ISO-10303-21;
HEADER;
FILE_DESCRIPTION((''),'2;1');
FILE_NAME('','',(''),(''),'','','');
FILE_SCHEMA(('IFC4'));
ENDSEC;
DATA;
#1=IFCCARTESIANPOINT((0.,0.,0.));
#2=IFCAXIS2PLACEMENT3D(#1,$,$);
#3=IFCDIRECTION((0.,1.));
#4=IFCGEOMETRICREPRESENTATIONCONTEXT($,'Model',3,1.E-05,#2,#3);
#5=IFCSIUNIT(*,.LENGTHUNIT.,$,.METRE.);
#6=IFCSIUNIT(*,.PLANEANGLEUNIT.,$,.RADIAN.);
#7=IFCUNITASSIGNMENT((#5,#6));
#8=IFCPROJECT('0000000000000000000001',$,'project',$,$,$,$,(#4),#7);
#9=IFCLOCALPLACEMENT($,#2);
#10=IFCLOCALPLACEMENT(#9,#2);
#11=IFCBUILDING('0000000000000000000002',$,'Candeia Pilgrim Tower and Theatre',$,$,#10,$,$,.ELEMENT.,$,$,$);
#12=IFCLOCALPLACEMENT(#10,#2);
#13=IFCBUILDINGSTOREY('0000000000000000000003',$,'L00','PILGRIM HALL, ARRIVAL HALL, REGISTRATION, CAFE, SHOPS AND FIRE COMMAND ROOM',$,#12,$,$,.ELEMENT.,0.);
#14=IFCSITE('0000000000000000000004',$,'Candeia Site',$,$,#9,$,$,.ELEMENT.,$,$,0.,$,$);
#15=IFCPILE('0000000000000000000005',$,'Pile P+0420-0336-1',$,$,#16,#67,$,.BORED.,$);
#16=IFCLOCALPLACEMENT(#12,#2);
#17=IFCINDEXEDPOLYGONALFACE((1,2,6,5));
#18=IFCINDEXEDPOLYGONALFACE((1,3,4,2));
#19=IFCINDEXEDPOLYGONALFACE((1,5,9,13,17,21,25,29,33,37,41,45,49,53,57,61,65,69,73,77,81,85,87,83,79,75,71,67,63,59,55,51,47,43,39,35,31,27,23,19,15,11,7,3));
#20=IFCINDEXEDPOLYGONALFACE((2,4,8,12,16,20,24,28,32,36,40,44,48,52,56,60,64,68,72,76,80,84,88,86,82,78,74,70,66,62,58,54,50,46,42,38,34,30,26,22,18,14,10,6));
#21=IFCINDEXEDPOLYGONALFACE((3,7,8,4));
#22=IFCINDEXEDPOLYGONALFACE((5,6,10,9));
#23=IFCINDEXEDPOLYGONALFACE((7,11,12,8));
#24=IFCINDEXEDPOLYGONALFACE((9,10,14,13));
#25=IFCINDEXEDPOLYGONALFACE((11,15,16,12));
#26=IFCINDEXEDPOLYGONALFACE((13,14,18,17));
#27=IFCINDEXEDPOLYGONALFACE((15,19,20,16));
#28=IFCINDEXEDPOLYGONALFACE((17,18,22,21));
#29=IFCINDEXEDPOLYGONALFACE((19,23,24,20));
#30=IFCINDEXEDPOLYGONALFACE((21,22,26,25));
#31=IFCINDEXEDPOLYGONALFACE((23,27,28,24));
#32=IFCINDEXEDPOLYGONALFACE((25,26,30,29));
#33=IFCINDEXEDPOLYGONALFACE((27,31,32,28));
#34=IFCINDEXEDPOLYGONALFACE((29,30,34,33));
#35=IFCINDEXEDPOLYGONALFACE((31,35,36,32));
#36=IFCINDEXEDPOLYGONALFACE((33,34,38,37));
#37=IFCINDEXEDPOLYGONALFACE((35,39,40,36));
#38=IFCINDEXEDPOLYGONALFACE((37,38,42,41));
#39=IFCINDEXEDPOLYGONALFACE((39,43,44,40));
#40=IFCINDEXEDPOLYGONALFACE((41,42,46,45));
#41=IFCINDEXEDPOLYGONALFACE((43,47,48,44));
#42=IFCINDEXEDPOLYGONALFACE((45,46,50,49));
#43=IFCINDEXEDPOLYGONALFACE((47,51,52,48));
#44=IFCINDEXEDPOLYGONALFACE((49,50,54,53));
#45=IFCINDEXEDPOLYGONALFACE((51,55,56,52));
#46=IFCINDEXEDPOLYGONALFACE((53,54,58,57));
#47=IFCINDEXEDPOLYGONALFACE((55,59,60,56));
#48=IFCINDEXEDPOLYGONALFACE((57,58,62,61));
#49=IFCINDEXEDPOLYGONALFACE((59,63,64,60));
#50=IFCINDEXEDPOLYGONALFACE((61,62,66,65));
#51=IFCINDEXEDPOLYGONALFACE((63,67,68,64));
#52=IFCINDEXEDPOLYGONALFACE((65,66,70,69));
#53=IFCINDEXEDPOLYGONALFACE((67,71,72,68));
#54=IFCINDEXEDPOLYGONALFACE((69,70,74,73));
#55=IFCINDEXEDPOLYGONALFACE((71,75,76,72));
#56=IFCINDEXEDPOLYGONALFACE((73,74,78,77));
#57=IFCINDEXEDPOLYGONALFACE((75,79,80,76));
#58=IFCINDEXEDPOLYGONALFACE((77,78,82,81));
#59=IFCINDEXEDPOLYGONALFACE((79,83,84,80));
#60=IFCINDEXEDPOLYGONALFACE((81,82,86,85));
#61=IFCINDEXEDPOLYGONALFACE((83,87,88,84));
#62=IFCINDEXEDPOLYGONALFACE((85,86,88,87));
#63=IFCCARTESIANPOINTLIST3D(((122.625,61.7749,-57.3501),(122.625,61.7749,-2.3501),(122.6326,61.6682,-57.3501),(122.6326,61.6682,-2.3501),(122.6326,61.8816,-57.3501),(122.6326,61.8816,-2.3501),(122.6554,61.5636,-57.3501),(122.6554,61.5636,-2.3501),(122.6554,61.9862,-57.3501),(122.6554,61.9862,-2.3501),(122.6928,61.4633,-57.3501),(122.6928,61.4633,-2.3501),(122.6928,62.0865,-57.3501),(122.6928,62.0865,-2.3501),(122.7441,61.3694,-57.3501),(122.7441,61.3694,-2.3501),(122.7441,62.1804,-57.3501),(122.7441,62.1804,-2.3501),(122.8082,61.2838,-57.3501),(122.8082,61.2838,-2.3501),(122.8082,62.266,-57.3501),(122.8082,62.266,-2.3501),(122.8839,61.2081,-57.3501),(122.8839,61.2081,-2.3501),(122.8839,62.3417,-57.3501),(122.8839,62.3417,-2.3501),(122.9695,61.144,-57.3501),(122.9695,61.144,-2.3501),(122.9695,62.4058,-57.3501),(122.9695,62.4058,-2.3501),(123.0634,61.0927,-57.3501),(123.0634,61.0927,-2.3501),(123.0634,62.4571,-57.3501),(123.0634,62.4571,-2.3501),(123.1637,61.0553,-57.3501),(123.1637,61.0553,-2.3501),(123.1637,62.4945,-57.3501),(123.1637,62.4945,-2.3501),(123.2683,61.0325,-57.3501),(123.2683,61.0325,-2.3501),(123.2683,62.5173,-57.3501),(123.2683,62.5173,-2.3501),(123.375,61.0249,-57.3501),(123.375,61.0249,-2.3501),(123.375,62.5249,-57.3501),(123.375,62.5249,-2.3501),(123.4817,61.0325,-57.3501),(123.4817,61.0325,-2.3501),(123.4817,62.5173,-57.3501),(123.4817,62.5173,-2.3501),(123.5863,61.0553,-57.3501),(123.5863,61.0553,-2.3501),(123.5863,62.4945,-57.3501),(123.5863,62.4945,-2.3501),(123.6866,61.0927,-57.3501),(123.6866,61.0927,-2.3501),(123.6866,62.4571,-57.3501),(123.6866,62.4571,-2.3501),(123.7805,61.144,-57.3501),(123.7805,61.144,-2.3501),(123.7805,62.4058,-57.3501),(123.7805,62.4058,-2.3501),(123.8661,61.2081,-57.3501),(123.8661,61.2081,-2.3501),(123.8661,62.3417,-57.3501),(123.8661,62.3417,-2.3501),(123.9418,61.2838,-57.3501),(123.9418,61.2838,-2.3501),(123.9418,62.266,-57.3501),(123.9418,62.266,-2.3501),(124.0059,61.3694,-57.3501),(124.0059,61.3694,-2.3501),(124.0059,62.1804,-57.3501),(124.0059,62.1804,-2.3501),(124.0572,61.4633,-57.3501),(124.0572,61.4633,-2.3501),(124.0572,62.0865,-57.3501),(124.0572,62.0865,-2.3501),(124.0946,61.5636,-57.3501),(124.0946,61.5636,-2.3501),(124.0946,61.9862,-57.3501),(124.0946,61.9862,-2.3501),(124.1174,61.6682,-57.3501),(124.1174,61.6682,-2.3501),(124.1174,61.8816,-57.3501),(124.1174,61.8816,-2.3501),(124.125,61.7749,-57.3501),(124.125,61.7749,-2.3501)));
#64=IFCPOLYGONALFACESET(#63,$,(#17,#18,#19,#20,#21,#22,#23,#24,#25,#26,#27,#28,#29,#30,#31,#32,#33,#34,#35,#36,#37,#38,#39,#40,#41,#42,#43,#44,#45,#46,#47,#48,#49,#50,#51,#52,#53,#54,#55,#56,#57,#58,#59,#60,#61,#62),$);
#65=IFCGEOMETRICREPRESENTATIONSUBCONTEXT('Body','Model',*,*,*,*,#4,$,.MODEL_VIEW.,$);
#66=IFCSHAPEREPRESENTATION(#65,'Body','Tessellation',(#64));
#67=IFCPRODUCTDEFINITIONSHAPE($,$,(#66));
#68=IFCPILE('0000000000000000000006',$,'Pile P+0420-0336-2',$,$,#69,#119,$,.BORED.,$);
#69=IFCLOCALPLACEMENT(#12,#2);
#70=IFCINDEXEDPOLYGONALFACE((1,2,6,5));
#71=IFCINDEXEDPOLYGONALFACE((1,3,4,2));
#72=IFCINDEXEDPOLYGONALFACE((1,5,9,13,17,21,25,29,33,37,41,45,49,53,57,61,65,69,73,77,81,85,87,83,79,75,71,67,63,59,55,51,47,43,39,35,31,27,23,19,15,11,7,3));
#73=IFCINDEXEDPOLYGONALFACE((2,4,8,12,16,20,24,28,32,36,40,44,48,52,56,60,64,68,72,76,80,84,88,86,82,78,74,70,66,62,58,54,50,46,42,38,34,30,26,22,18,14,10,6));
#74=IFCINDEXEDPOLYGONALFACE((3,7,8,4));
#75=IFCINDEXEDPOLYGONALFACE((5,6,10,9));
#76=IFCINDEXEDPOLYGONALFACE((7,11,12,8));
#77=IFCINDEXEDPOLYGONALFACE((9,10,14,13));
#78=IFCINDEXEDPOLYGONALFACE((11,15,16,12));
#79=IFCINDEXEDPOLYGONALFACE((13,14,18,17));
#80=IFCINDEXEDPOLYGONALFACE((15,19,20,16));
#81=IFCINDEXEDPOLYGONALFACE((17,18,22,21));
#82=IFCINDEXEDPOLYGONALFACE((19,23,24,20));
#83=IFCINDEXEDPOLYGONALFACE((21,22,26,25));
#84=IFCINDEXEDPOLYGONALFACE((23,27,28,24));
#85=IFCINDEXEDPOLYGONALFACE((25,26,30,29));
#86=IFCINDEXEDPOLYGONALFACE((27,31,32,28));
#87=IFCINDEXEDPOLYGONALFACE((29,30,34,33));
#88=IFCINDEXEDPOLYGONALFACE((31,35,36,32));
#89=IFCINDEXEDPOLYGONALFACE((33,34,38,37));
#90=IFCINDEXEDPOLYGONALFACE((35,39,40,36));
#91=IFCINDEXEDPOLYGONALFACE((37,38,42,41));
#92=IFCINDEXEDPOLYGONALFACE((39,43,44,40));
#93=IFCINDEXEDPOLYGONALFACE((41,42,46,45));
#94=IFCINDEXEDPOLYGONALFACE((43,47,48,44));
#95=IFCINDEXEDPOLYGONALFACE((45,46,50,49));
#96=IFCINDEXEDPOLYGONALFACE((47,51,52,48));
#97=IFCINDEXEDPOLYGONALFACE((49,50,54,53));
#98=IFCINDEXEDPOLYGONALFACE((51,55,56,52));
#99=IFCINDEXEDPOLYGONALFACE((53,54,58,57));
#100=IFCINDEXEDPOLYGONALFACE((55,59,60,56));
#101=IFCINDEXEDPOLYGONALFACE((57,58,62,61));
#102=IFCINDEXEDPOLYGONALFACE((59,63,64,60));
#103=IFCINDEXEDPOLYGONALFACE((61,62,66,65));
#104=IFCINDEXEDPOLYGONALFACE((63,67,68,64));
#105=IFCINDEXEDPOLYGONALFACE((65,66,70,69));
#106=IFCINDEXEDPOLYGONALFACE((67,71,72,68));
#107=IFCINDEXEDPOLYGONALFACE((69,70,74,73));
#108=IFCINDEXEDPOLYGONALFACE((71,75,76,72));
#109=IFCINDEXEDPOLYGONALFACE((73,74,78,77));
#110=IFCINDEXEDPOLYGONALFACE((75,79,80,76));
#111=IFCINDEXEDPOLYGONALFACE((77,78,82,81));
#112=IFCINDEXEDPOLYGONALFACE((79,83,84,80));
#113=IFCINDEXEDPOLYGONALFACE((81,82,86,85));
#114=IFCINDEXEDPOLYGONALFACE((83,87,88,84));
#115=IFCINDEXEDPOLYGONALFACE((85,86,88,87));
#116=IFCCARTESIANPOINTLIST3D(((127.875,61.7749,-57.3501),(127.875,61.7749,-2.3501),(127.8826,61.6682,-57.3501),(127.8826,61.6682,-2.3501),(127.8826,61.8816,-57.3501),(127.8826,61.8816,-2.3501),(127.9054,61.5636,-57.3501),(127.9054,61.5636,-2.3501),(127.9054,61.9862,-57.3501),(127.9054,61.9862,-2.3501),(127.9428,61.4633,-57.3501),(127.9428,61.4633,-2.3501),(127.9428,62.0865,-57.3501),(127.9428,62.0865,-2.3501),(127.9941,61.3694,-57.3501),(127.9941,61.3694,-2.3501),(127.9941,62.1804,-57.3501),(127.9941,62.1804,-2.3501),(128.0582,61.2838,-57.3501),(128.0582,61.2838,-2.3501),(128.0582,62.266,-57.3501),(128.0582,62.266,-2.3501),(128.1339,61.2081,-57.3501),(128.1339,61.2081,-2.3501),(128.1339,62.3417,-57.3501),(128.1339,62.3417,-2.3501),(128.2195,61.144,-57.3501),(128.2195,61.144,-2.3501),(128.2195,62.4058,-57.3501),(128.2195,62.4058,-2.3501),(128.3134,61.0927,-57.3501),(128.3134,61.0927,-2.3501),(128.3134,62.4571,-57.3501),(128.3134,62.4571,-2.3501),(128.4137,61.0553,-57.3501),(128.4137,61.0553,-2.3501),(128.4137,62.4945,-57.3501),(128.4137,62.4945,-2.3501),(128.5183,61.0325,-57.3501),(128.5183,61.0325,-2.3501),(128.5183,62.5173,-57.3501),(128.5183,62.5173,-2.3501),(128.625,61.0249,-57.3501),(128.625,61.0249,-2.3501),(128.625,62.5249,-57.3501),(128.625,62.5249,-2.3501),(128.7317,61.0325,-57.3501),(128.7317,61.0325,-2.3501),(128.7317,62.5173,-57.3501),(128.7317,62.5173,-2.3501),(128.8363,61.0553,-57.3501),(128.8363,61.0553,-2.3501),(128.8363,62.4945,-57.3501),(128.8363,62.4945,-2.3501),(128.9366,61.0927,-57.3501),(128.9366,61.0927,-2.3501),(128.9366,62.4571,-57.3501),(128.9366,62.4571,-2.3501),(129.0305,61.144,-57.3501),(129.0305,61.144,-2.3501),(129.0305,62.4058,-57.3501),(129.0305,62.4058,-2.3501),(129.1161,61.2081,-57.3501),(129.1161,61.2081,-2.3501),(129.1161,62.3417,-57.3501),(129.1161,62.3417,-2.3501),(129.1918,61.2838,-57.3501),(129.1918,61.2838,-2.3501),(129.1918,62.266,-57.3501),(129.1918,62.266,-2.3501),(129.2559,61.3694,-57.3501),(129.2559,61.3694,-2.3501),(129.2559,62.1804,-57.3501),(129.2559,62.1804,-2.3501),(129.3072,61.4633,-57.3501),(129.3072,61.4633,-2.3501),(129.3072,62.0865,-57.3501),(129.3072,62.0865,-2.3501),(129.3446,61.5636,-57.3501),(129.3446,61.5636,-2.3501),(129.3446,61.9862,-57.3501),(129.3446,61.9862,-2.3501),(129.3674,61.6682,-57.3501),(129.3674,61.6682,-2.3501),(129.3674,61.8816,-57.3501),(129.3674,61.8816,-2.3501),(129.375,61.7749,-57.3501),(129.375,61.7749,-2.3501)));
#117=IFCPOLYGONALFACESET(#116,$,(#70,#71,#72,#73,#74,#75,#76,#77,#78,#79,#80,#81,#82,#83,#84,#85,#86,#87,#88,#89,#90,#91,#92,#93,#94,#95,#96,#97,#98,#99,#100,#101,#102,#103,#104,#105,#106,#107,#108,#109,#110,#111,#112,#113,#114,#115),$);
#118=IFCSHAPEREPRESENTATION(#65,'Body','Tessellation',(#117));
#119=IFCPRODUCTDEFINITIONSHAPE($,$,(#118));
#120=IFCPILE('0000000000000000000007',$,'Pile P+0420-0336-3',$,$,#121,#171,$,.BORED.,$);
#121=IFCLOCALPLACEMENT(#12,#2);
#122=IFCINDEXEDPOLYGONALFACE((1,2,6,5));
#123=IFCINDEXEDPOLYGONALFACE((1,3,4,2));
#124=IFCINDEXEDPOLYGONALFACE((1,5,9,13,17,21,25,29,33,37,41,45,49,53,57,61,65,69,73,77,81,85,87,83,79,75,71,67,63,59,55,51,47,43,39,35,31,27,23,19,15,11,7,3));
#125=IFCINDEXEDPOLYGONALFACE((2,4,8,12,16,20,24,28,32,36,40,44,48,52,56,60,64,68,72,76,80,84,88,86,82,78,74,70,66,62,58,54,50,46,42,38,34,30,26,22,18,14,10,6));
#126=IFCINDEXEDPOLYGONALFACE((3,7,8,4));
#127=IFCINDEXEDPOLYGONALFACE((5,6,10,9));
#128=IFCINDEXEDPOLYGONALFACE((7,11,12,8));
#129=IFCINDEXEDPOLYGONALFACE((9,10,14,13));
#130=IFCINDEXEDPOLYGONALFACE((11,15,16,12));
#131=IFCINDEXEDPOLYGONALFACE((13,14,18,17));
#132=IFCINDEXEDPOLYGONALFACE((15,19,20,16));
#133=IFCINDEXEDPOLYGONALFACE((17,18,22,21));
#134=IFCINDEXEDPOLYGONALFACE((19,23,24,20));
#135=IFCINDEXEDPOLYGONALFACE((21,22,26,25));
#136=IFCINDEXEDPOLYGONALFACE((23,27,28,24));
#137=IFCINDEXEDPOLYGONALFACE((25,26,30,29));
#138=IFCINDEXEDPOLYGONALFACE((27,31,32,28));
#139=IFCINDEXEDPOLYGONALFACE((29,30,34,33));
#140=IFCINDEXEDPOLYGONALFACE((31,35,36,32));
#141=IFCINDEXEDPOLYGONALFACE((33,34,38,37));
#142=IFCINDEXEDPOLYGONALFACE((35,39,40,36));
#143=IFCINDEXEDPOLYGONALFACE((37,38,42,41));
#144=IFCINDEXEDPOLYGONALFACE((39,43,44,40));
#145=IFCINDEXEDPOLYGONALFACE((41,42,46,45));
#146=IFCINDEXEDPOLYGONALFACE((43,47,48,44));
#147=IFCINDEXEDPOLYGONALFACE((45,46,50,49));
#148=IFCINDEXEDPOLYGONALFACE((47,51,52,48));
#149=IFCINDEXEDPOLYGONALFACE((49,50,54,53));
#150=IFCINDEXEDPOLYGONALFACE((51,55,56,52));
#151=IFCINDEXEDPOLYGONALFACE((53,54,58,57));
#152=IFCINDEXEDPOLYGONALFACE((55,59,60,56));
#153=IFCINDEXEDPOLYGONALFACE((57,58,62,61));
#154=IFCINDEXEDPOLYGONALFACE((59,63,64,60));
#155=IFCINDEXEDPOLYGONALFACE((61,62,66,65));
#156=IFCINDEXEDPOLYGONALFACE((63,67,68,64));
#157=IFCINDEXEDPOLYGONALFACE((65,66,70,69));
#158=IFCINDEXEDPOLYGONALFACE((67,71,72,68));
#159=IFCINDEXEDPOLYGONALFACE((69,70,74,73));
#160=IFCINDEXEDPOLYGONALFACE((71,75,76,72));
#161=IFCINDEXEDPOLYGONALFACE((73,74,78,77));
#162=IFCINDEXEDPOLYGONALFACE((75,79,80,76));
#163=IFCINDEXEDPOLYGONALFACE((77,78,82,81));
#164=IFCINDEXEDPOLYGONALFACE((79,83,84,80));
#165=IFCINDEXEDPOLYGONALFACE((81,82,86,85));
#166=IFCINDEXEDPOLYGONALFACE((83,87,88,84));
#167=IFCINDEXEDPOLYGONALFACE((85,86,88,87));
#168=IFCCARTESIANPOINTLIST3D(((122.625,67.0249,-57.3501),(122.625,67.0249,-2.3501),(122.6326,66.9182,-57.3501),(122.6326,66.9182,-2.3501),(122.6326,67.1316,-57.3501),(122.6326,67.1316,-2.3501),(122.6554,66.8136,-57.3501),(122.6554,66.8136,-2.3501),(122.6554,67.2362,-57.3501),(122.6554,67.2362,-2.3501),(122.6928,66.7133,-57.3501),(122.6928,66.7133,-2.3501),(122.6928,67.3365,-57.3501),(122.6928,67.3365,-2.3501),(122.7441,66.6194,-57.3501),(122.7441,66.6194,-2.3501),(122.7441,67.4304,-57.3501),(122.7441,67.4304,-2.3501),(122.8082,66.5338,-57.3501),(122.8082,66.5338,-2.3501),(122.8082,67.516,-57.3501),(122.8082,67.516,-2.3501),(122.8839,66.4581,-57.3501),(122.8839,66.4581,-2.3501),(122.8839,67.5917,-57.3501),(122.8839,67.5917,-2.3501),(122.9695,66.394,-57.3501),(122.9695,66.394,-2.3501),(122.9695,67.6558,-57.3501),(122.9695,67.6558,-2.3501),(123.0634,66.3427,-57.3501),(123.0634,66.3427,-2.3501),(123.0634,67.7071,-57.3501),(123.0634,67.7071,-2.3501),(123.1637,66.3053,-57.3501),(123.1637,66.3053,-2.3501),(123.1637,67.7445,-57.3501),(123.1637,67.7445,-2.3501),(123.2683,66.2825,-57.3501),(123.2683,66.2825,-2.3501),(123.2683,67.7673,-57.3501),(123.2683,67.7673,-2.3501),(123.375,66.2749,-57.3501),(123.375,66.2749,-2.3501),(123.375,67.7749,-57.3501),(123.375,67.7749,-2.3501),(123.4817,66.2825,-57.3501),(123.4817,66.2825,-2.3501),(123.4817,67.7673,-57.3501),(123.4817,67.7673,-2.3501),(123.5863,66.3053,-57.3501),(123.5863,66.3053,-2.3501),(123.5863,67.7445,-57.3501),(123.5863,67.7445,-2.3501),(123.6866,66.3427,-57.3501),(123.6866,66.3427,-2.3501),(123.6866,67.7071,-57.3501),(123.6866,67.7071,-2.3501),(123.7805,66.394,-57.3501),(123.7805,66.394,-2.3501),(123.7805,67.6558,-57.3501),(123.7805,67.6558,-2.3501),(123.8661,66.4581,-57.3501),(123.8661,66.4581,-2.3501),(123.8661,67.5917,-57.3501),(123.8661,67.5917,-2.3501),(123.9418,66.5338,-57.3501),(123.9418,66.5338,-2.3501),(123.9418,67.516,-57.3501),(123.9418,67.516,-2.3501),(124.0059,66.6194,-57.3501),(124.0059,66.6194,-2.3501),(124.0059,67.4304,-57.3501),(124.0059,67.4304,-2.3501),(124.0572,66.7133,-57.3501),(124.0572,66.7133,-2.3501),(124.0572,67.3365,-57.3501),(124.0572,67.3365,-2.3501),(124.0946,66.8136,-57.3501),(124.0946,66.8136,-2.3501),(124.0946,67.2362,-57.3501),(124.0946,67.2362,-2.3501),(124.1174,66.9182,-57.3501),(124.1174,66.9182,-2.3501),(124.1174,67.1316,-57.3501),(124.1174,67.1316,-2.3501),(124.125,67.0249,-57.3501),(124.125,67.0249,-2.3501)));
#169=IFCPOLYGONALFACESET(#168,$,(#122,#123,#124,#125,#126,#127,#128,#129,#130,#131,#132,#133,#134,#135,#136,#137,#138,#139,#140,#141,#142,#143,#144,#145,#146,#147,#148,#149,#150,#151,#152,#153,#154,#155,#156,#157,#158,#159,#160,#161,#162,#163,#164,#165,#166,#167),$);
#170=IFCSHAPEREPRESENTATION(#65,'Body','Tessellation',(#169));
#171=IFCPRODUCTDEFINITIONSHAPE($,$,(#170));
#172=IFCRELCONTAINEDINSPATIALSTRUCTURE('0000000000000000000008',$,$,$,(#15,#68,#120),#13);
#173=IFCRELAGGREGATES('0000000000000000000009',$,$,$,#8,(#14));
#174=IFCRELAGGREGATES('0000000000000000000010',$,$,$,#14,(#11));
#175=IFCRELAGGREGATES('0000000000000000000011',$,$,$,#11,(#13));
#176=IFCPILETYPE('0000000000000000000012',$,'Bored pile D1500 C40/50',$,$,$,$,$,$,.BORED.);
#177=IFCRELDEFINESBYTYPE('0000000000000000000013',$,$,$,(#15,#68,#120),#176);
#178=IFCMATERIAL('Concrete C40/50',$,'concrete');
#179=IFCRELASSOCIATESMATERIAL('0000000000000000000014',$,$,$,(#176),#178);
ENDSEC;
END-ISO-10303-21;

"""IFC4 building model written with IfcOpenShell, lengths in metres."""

from ifc_helpers import new_model, si_unit, direction, frame, origin, origin_2d, place, context, subcontext, project, spatial, circle, extrude, material, material_profile, profile_set, type_object, element, save


model = new_model("IFC4")

# Units and contexts
model_context = context("Model", 3, precision=1e-05, world=origin(), true_north=direction((0.0, 1.0)))
body_context = subcontext(model_context, "Body", "Model", "MODEL_VIEW")
ifc_project = project(units=[si_unit("LENGTHUNIT", "METRE"), si_unit("PLANEANGLEUNIT", "RADIAN")], contexts=[model_context])

# Site, building, storey
site_placement = place(None, origin())
site = spatial("IfcSite", under=ifc_project, at=site_placement, Name="Candeia Site", CompositionType="ELEMENT", RefElevation=0.0)
building_placement = place(site_placement, origin())
building = spatial("IfcBuilding", under=site, at=building_placement, Name="Candeia Pilgrim Tower and Theatre", CompositionType="ELEMENT")
storey_placement = place(building_placement, origin())
storey = spatial("IfcBuildingStorey", under=building, at=storey_placement, Name="L00", Description="PILGRIM HALL, ARRIVAL HALL, REGISTRATION, CAFE, SHOPS AND FIRE COMMAND ROOM", CompositionType="ELEMENT", Elevation=0.0)

# Piles
ifc_material_1 = material(Name="Concrete C40/50", Category="concrete")
ifc_material_profile_1 = material_profile(ifc_material_1, circle(Radius=0.75, at=origin_2d()))
ifc_profile_set_1 = profile_set([ifc_material_profile_1], Name="Concrete C40/50")
pile_type = type_object("IfcPileType", Name="Bored pile D1500 C40/50", PredefinedType="BORED", material=ifc_profile_set_1)
for number, where, z_axis, x_axis, name in (
    (1, (123.375, 61.7749, -2.3501), (0.0, 0.0, -1.0), (1.0, 0.0, 0.0), "Pile P+0420-0336-1"),
    (2, (128.625, 61.7749, -2.3501), (0.0, 0.0, -1.0), (1.0, 0.0, 0.0), "Pile P+0420-0336-2"),
    (3, (123.375, 67.0249, -2.3501), (0.0, 0.0, -1.0), (1.0, 0.0, 0.0), "Pile P+0420-0336-3"),
):
    element("IfcPile", number, at=place(storey_placement, frame(where, z_axis=z_axis, x_axis=x_axis)), inside=storey, type_object=pile_type, Name=name, PredefinedType="BORED", context=body_context, shape_type="SweptSolid", body=[
        extrude(circle(Radius=0.75, at=origin_2d()), origin(), (0.0, 0.0, 1.0), 55.0),
    ])

save(model, "model.ifc")
